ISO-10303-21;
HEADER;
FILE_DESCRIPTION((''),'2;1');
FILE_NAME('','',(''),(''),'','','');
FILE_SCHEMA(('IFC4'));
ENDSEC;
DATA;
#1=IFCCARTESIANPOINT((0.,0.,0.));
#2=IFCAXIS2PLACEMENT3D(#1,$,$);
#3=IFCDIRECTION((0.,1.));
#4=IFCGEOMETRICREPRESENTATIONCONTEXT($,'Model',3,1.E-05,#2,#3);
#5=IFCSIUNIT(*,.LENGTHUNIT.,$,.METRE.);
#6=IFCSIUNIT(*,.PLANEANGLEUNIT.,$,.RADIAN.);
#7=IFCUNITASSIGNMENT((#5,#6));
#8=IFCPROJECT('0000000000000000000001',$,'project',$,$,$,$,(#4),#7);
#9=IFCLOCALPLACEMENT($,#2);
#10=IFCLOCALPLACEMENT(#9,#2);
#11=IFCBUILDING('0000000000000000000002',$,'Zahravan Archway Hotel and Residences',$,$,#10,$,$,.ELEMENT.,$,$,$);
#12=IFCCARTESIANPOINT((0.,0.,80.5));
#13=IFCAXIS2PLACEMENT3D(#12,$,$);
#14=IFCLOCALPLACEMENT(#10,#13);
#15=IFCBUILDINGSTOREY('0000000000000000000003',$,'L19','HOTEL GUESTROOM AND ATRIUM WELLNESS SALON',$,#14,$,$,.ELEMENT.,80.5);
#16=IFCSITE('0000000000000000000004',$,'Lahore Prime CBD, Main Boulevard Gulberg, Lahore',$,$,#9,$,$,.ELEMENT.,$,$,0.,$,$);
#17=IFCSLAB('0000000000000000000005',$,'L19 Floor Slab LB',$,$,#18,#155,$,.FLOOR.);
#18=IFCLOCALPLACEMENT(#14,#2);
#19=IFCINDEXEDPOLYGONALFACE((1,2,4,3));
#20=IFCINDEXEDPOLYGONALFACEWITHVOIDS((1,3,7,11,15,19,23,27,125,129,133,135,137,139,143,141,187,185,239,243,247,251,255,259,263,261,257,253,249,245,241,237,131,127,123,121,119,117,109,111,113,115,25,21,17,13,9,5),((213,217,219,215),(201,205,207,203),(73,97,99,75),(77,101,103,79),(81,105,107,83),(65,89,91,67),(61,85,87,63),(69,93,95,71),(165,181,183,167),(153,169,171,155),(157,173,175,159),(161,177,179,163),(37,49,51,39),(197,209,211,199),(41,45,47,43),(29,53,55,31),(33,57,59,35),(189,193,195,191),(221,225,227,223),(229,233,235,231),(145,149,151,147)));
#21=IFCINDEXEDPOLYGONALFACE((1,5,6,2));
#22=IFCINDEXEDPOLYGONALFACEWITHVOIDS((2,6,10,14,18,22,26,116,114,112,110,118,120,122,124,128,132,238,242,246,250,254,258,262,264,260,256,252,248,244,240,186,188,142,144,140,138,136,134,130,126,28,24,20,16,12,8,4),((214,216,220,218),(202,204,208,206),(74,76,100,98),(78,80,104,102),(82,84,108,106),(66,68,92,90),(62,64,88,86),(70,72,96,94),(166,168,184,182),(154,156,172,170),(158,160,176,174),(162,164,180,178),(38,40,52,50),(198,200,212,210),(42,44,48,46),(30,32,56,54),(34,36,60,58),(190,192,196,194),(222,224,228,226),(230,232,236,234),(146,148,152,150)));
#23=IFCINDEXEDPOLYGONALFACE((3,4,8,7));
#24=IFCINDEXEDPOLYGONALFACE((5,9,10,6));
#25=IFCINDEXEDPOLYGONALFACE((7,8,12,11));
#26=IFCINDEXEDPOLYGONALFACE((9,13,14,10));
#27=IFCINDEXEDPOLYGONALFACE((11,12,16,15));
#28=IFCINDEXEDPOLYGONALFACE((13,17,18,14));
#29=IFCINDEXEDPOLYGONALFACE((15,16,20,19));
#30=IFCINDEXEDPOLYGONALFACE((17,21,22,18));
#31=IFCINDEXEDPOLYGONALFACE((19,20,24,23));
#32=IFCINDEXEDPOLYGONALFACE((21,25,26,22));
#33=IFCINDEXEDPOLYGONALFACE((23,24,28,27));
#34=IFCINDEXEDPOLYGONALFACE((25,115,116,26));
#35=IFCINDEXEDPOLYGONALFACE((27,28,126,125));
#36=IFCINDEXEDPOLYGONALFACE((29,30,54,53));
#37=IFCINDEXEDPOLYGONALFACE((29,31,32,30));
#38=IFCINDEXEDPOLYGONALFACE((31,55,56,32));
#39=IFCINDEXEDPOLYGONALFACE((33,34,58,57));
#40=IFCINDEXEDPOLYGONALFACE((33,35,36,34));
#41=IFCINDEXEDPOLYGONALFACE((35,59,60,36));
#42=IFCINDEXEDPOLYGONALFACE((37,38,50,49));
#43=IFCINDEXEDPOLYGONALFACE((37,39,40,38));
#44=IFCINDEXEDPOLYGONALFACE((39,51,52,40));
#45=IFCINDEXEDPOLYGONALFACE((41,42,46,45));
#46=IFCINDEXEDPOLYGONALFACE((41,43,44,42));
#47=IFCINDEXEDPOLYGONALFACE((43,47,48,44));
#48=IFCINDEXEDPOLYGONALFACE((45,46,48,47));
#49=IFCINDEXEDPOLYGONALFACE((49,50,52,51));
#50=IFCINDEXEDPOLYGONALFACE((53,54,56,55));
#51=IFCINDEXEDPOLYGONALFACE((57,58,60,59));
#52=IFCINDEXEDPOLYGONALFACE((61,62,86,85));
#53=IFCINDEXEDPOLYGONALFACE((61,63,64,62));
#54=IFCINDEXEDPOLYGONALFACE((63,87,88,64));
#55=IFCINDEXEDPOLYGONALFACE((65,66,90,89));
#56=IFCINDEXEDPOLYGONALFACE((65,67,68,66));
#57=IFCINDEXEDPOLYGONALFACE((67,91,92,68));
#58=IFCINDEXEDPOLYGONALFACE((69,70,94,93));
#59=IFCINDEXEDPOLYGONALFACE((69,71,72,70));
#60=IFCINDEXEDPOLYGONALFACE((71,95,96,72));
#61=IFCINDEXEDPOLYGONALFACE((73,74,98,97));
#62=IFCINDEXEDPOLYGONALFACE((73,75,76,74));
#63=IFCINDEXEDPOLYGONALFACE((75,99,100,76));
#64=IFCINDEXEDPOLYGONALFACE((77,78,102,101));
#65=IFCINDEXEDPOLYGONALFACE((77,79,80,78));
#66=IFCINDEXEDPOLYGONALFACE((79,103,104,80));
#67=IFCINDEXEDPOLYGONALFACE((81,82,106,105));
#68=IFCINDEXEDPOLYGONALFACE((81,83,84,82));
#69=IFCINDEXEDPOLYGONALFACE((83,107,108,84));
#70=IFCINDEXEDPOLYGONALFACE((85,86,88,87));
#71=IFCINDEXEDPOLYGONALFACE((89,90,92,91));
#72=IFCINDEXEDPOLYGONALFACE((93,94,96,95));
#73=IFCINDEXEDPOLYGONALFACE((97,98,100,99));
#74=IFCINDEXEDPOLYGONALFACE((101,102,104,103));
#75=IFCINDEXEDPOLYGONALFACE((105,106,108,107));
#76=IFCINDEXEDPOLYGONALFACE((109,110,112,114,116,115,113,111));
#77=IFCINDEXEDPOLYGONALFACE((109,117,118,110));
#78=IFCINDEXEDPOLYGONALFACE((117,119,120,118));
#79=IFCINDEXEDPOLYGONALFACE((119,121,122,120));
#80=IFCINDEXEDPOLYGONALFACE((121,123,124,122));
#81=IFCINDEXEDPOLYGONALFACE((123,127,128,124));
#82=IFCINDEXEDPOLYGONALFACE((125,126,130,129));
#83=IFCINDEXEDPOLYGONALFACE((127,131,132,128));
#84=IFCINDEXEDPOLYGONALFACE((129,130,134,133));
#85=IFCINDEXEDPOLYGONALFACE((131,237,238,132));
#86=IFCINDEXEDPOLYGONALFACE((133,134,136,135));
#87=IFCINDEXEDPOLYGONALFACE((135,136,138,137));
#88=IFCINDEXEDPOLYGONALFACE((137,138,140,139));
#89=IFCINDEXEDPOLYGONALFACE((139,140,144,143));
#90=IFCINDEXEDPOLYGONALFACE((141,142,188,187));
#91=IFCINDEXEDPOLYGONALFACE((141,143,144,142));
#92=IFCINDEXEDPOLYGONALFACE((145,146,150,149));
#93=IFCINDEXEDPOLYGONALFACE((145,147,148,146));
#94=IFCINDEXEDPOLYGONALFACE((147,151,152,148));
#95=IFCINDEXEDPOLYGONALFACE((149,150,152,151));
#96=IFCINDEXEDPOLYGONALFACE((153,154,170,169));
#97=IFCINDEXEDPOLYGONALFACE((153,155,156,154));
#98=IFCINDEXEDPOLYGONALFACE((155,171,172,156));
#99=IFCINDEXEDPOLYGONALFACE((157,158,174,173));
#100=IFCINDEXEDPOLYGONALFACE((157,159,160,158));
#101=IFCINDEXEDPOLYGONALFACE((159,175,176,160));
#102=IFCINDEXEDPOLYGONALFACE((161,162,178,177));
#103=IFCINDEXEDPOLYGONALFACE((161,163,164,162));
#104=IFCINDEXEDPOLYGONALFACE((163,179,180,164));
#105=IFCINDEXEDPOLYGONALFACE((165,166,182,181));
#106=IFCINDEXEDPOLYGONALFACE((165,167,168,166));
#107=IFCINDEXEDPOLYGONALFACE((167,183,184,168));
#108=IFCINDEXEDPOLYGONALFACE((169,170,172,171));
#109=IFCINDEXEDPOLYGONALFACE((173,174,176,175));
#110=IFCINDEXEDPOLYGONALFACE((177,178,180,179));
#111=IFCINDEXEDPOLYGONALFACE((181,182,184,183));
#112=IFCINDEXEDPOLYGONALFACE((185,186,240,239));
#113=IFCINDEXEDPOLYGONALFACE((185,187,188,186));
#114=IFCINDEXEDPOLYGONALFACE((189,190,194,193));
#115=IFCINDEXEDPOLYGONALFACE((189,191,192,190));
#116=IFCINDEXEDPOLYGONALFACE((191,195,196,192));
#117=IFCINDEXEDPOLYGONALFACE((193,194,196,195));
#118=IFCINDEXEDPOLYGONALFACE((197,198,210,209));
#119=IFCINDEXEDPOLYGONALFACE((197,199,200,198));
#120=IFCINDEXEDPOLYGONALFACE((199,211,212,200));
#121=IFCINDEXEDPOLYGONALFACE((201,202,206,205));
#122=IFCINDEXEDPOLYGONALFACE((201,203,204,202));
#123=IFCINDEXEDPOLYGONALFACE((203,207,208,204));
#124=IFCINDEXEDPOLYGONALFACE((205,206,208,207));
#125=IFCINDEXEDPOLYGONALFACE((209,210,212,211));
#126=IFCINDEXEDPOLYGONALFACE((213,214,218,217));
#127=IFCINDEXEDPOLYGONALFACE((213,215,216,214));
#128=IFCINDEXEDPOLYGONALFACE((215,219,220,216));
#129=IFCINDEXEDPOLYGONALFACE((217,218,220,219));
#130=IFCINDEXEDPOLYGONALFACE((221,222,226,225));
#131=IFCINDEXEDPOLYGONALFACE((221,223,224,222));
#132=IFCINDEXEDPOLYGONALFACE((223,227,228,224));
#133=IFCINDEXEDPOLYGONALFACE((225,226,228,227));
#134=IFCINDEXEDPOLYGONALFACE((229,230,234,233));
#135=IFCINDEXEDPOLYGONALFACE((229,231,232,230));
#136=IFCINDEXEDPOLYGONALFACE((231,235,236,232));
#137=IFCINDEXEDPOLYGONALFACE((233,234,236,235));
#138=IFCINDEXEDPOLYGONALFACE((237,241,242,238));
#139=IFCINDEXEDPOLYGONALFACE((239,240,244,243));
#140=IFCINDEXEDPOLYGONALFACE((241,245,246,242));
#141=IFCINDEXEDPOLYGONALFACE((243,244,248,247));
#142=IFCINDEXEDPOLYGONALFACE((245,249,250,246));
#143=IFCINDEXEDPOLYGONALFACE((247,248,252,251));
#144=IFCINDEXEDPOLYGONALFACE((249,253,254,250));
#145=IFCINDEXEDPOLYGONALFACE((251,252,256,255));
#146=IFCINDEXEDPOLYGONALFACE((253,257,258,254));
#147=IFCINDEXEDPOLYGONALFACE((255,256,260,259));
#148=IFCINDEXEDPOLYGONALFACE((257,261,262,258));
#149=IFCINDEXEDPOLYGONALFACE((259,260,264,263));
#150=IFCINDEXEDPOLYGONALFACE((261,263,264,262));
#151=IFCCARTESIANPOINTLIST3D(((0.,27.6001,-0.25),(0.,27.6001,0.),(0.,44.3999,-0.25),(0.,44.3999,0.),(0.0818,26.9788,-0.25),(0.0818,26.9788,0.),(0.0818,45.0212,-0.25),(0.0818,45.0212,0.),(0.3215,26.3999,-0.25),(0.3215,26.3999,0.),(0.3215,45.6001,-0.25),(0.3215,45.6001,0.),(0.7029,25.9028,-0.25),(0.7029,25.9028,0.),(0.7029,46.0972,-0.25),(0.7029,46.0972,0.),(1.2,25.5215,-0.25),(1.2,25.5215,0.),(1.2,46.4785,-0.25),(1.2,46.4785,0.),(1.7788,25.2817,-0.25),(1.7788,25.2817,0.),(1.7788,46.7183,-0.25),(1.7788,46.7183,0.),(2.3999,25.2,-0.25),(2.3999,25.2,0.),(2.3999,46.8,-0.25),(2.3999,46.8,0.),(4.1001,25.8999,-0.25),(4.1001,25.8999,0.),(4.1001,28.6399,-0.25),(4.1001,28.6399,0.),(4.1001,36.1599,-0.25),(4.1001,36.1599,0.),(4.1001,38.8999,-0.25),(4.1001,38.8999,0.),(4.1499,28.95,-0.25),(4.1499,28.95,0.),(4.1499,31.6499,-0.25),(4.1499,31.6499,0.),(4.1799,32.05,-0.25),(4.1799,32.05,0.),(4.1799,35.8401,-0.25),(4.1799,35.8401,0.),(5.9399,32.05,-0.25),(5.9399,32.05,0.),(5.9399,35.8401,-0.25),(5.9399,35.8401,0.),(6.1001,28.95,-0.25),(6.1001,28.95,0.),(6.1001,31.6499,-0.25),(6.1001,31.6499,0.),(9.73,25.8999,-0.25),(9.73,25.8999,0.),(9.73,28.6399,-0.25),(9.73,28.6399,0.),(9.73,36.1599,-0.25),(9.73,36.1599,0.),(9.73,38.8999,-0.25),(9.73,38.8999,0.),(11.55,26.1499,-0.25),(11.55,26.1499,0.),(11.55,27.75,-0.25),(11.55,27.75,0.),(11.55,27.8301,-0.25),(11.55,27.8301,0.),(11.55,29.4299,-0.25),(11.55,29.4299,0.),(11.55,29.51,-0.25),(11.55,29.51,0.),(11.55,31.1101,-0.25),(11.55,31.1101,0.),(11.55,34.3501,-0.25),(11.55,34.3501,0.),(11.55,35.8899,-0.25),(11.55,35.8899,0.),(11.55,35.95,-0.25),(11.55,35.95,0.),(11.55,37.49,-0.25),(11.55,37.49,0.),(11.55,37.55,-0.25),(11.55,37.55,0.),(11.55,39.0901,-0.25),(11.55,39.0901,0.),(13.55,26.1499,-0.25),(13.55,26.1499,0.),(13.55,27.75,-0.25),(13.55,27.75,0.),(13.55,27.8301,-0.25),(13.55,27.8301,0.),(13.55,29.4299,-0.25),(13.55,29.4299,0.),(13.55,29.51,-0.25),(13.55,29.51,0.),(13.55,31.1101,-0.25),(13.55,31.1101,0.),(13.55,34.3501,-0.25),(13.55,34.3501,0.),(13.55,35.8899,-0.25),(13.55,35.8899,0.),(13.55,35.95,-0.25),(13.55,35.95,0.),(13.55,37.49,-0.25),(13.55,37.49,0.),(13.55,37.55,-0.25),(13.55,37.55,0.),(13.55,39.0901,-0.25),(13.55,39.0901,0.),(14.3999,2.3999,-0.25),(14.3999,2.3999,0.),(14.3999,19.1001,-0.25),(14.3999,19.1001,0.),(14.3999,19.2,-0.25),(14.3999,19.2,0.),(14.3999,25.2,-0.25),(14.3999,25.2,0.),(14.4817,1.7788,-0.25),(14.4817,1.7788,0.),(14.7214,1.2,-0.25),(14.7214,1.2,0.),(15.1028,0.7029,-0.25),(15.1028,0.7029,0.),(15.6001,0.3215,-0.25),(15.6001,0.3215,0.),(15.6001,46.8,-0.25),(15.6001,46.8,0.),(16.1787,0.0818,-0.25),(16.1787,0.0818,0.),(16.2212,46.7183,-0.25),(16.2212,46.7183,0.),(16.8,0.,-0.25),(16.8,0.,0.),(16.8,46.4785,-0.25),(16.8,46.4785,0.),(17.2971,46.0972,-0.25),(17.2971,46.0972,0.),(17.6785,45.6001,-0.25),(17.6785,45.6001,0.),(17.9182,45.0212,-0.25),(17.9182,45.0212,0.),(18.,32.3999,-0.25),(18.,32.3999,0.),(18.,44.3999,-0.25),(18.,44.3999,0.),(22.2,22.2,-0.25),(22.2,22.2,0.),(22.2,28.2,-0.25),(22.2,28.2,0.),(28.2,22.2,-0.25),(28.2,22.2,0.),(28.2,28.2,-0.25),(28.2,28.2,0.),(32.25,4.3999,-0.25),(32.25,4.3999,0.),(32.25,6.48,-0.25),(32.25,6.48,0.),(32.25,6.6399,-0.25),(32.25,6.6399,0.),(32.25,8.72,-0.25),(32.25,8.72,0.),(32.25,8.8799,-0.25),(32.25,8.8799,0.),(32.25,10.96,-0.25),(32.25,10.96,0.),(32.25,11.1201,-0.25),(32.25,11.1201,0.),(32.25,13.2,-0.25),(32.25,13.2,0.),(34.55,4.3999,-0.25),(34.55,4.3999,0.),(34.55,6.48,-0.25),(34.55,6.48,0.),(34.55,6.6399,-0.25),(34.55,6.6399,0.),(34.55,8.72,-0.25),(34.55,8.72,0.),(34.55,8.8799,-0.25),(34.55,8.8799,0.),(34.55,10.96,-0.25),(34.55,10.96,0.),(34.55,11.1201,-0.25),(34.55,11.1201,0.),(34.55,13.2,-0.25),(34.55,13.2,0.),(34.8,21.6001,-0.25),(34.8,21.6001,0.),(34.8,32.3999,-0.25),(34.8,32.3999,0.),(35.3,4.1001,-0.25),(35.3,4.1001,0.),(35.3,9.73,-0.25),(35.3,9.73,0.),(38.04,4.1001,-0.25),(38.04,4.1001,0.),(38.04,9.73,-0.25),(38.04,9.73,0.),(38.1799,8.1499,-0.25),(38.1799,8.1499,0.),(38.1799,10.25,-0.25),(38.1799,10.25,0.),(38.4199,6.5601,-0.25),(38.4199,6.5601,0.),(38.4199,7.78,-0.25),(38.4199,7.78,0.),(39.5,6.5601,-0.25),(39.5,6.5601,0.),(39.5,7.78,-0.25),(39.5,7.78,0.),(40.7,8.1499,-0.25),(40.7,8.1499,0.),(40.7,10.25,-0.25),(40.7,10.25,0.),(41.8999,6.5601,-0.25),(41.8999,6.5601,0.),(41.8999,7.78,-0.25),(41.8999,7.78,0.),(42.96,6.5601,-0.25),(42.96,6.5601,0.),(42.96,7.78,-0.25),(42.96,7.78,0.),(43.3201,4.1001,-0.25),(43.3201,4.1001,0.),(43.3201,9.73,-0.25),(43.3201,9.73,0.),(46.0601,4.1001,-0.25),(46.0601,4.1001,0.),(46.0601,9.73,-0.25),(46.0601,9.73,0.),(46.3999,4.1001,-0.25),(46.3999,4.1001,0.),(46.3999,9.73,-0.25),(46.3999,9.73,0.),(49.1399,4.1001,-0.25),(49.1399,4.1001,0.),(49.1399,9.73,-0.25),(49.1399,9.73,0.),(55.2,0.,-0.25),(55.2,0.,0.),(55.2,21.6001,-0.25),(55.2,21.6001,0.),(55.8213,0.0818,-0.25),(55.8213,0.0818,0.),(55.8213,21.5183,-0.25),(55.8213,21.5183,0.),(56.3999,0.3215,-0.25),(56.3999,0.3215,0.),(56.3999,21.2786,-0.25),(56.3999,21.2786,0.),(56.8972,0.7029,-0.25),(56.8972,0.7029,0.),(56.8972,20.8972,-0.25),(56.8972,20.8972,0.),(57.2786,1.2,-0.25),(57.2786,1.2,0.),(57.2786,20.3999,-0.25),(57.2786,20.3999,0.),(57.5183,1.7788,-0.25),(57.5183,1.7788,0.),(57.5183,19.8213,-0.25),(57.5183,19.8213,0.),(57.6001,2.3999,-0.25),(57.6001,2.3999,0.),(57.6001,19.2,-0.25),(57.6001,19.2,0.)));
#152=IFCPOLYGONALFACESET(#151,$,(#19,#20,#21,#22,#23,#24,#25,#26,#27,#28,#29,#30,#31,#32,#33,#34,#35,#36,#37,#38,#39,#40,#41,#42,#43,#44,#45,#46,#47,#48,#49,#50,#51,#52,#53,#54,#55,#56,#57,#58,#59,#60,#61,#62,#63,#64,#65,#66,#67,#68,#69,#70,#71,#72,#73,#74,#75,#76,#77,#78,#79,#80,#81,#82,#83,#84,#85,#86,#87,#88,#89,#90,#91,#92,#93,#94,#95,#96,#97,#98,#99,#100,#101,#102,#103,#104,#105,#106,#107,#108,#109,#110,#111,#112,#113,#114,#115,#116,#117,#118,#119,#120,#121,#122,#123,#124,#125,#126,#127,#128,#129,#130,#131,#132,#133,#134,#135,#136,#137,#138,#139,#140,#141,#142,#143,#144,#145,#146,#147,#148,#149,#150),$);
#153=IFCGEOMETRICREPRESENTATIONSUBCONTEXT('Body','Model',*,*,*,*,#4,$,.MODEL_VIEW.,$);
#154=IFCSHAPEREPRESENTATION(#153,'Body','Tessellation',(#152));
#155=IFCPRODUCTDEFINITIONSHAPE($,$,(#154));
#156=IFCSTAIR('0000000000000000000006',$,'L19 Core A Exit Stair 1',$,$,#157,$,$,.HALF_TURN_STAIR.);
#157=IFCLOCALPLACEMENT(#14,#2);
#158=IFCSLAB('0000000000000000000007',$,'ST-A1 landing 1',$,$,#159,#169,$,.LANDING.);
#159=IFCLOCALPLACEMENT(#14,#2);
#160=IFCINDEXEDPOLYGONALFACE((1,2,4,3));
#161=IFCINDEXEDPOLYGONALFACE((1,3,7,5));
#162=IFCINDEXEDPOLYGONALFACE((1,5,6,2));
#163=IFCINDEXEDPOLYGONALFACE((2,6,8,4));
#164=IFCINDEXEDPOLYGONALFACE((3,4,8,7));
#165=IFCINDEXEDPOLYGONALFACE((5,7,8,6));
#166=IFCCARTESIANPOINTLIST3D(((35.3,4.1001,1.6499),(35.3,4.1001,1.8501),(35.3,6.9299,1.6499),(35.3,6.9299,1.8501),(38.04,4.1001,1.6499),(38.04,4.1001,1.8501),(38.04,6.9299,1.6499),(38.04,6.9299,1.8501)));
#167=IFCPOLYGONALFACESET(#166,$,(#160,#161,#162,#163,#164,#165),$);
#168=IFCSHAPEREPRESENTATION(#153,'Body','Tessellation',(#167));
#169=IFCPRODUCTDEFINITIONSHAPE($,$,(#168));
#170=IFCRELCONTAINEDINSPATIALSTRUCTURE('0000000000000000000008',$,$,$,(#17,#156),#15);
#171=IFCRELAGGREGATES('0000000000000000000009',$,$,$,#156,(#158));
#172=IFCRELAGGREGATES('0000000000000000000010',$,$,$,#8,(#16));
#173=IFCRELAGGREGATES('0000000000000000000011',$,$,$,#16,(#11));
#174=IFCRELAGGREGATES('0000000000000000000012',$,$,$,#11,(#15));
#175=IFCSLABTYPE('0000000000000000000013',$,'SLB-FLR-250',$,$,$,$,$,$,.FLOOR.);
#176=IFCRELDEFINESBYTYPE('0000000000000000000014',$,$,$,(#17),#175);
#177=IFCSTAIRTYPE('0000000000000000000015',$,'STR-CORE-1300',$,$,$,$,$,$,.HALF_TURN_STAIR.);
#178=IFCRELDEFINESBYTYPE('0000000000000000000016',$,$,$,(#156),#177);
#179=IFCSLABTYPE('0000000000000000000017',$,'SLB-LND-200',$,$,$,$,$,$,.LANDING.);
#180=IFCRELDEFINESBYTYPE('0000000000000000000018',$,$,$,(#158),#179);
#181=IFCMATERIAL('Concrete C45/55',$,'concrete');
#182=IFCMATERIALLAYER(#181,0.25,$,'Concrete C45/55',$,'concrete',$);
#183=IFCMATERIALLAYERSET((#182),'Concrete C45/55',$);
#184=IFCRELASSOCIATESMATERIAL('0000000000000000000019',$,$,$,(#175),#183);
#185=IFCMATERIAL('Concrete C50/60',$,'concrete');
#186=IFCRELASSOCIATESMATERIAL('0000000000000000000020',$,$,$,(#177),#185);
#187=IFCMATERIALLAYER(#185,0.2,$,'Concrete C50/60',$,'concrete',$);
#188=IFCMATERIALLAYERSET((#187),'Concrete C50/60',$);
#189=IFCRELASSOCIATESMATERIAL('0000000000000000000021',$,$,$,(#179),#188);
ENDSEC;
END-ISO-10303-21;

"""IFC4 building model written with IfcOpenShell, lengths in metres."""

from ifc_helpers import new_model, si_unit, direction, frame, origin, place, context, subcontext, project, spatial, polyline, outline, extrude, material, layer, layer_set, type_object, element, aggregate, save


model = new_model("IFC4")

# Units and contexts
model_context = context("Model", 3, precision=1e-05, world=origin(), true_north=direction((0.0, 1.0)))
body_context = subcontext(model_context, "Body", "Model", "MODEL_VIEW")
ifc_project = project(units=[si_unit("LENGTHUNIT", "METRE"), si_unit("PLANEANGLEUNIT", "RADIAN")], contexts=[model_context])

# Site, building, storey
site_placement = place(None, origin())
site = spatial("IfcSite", under=ifc_project, at=site_placement, Name="Lahore Prime CBD, Main Boulevard Gulberg, Lahore", CompositionType="ELEMENT", RefElevation=0.0)
building_placement = place(site_placement, origin())
building = spatial("IfcBuilding", under=site, at=building_placement, Name="Zahravan Archway Hotel and Residences", CompositionType="ELEMENT")
storey_placement = place(building_placement, frame((0.0, 0.0, 80.5)))
storey = spatial("IfcBuildingStorey", under=building, at=storey_placement, Name="L19", Description="HOTEL GUESTROOM AND ATRIUM WELLNESS SALON", CompositionType="ELEMENT", Elevation=80.5)

# Slab
ifc_material_1 = material(Name="Concrete C45/55", Category="concrete")
ifc_layer_1 = layer(ifc_material_1, 0.25, Name="Concrete C45/55", Category="concrete")
ifc_layer_set_1 = layer_set([ifc_layer_1], Name="Concrete C45/55")
slab_type_1 = type_object("IfcSlabType", Name="SLB-FLR-250", PredefinedType="FLOOR", material=ifc_layer_set_1)
slab_1_placement = place(storey_placement, frame((0.0, 0.0, -0.25)))
element("IfcSlab", 1, at=slab_1_placement, inside=storey, type_object=slab_type_1, Name="L19 Floor Slab LB", PredefinedType="FLOOR", context=body_context, shape_type="SweptSolid", body=[
    extrude(outline(polyline([(34.8, 21.6001), (34.8, 32.3999), (18.0, 32.3999), (18.0, 44.3999), (17.9182, 45.0212), (17.6785, 45.6001), (17.2971, 46.0972), (16.8, 46.4785), (16.2212, 46.7183), (15.6001, 46.8), (2.3999, 46.8), (1.7788, 46.7183), (1.2, 46.4785), (0.7029, 46.0972), (0.3215, 45.6001), (0.0818, 45.0212), (0.0, 44.3999), (0.0, 27.6001), (0.0818, 26.9788), (0.3215, 26.3999), (0.7029, 25.9028), (1.2, 25.5215), (1.7788, 25.2817), (2.3999, 25.2), (14.3999, 25.2), (14.3999, 19.2), (14.3999, 19.1001), (14.3999, 2.3999), (14.4817, 1.7788), (14.7214, 1.2), (15.1028, 0.7029), (15.6001, 0.3215), (16.1787, 0.0818), (16.8, 0.0), (55.2, 0.0), (55.8213, 0.0818), (56.3999, 0.3215), (56.8972, 0.7029), (57.2786, 1.2), (57.5183, 1.7788), (57.6001, 2.3999), (57.6001, 19.2), (57.5183, 19.8213), (57.2786, 20.3999), (56.8972, 20.8972), (56.3999, 21.2786), (55.8213, 21.5183), (55.2, 21.6001), (34.8, 21.6001)]), holes=[polyline([(35.3, 9.73), (35.3, 4.1001), (38.04, 4.1001), (38.04, 9.73), (35.3, 9.73)]), polyline([(43.3201, 9.73), (43.3201, 4.1001), (46.0601, 4.1001), (46.0601, 9.73), (43.3201, 9.73)]), polyline([(46.3999, 9.73), (46.3999, 4.1001), (49.1399, 4.1001), (49.1399, 9.73), (46.3999, 9.73)]), polyline([(9.73, 28.6399), (4.1001, 28.6399), (4.1001, 25.8999), (9.73, 25.8999), (9.73, 28.6399)]), polyline([(9.73, 38.8999), (4.1001, 38.8999), (4.1001, 36.1599), (9.73, 36.1599), (9.73, 38.8999)]), polyline([(38.1799, 8.1499), (40.7, 8.1499), (40.7, 10.25), (38.1799, 10.25), (38.1799, 8.1499)]), polyline([(4.1499, 28.95), (6.1001, 28.95), (6.1001, 31.6499), (4.1499, 31.6499), (4.1499, 28.95)]), polyline([(11.55, 26.1499), (13.55, 26.1499), (13.55, 27.75), (11.55, 27.75), (11.55, 26.1499)]), polyline([(11.55, 27.8301), (13.55, 27.8301), (13.55, 29.4299), (11.55, 29.4299), (11.55, 27.8301)]), polyline([(11.55, 29.51), (13.55, 29.51), (13.55, 31.1101), (11.55, 31.1101), (11.55, 29.51)]), polyline([(11.55, 34.3501), (13.55, 34.3501), (13.55, 35.8899), (11.55, 35.8899), (11.55, 34.3501)]), polyline([(11.55, 35.95), (13.55, 35.95), (13.55, 37.49), (11.55, 37.49), (11.55, 35.95)]), polyline([(11.55, 37.55), (13.55, 37.55), (13.55, 39.0901), (11.55, 39.0901), (11.55, 37.55)]), polyline([(32.25, 4.3999), (34.55, 4.3999), (34.55, 6.48), (32.25, 6.48), (32.25, 4.3999)]), polyline([(32.25, 6.6399), (34.55, 6.6399), (34.55, 8.72), (32.25, 8.72), (32.25, 6.6399)]), polyline([(32.25, 8.8799), (34.55, 8.8799), (34.55, 10.96), (32.25, 10.96), (32.25, 8.8799)]), polyline([(32.25, 11.1201), (34.55, 11.1201), (34.55, 13.2), (32.25, 13.2), (32.25, 11.1201)]), polyline([(22.2, 22.2), (28.2, 22.2), (28.2, 28.2), (22.2, 28.2), (22.2, 22.2)]), polyline([(38.4199, 6.5601), (39.5, 6.5601), (39.5, 7.78), (38.4199, 7.78), (38.4199, 6.5601)]), polyline([(41.8999, 6.5601), (42.96, 6.5601), (42.96, 7.78), (41.8999, 7.78), (41.8999, 6.5601)]), polyline([(4.1799, 32.05), (5.9399, 32.05), (5.9399, 35.8401), (4.1799, 35.8401), (4.1799, 32.05)])]), origin(), (0.0, 0.0, 1.0), 0.25),
])

# Stair, slab
ifc_material_2 = material(Name="Concrete C50/60", Category="concrete")
stair_type = type_object("IfcStairType", Name="STR-CORE-1300", PredefinedType="HALF_TURN_STAIR", material=ifc_material_2)
stair_1_placement = place(storey_placement, origin())
stair_1 = element("IfcStair", 2, at=stair_1_placement, inside=storey, type_object=stair_type, Name="L19 Core A Exit Stair 1", PredefinedType="HALF_TURN_STAIR")
ifc_layer_2 = layer(ifc_material_2, 0.2, Name="Concrete C50/60", Category="concrete")
ifc_layer_set_2 = layer_set([ifc_layer_2], Name="Concrete C50/60")
slab_type_2 = type_object("IfcSlabType", Name="SLB-LND-200", PredefinedType="LANDING", material=ifc_layer_set_2)
slab_2_placement = place(storey_placement, frame((0.0, 0.0, 1.6499)))
slab_2 = element("IfcSlab", 3, at=slab_2_placement, type_object=slab_type_2, Name="ST-A1 landing 1", PredefinedType="LANDING", context=body_context, shape_type="SweptSolid", body=[
    extrude(outline(polyline([(35.3, 6.9299), (35.3, 4.1001), (38.04, 4.1001), (38.04, 6.9299), (35.3, 6.9299)])), origin(), (0.0, 0.0, 1.0), 0.2002),
])
aggregate(stair_1, [slab_2])

save(model, "model.ifc")
